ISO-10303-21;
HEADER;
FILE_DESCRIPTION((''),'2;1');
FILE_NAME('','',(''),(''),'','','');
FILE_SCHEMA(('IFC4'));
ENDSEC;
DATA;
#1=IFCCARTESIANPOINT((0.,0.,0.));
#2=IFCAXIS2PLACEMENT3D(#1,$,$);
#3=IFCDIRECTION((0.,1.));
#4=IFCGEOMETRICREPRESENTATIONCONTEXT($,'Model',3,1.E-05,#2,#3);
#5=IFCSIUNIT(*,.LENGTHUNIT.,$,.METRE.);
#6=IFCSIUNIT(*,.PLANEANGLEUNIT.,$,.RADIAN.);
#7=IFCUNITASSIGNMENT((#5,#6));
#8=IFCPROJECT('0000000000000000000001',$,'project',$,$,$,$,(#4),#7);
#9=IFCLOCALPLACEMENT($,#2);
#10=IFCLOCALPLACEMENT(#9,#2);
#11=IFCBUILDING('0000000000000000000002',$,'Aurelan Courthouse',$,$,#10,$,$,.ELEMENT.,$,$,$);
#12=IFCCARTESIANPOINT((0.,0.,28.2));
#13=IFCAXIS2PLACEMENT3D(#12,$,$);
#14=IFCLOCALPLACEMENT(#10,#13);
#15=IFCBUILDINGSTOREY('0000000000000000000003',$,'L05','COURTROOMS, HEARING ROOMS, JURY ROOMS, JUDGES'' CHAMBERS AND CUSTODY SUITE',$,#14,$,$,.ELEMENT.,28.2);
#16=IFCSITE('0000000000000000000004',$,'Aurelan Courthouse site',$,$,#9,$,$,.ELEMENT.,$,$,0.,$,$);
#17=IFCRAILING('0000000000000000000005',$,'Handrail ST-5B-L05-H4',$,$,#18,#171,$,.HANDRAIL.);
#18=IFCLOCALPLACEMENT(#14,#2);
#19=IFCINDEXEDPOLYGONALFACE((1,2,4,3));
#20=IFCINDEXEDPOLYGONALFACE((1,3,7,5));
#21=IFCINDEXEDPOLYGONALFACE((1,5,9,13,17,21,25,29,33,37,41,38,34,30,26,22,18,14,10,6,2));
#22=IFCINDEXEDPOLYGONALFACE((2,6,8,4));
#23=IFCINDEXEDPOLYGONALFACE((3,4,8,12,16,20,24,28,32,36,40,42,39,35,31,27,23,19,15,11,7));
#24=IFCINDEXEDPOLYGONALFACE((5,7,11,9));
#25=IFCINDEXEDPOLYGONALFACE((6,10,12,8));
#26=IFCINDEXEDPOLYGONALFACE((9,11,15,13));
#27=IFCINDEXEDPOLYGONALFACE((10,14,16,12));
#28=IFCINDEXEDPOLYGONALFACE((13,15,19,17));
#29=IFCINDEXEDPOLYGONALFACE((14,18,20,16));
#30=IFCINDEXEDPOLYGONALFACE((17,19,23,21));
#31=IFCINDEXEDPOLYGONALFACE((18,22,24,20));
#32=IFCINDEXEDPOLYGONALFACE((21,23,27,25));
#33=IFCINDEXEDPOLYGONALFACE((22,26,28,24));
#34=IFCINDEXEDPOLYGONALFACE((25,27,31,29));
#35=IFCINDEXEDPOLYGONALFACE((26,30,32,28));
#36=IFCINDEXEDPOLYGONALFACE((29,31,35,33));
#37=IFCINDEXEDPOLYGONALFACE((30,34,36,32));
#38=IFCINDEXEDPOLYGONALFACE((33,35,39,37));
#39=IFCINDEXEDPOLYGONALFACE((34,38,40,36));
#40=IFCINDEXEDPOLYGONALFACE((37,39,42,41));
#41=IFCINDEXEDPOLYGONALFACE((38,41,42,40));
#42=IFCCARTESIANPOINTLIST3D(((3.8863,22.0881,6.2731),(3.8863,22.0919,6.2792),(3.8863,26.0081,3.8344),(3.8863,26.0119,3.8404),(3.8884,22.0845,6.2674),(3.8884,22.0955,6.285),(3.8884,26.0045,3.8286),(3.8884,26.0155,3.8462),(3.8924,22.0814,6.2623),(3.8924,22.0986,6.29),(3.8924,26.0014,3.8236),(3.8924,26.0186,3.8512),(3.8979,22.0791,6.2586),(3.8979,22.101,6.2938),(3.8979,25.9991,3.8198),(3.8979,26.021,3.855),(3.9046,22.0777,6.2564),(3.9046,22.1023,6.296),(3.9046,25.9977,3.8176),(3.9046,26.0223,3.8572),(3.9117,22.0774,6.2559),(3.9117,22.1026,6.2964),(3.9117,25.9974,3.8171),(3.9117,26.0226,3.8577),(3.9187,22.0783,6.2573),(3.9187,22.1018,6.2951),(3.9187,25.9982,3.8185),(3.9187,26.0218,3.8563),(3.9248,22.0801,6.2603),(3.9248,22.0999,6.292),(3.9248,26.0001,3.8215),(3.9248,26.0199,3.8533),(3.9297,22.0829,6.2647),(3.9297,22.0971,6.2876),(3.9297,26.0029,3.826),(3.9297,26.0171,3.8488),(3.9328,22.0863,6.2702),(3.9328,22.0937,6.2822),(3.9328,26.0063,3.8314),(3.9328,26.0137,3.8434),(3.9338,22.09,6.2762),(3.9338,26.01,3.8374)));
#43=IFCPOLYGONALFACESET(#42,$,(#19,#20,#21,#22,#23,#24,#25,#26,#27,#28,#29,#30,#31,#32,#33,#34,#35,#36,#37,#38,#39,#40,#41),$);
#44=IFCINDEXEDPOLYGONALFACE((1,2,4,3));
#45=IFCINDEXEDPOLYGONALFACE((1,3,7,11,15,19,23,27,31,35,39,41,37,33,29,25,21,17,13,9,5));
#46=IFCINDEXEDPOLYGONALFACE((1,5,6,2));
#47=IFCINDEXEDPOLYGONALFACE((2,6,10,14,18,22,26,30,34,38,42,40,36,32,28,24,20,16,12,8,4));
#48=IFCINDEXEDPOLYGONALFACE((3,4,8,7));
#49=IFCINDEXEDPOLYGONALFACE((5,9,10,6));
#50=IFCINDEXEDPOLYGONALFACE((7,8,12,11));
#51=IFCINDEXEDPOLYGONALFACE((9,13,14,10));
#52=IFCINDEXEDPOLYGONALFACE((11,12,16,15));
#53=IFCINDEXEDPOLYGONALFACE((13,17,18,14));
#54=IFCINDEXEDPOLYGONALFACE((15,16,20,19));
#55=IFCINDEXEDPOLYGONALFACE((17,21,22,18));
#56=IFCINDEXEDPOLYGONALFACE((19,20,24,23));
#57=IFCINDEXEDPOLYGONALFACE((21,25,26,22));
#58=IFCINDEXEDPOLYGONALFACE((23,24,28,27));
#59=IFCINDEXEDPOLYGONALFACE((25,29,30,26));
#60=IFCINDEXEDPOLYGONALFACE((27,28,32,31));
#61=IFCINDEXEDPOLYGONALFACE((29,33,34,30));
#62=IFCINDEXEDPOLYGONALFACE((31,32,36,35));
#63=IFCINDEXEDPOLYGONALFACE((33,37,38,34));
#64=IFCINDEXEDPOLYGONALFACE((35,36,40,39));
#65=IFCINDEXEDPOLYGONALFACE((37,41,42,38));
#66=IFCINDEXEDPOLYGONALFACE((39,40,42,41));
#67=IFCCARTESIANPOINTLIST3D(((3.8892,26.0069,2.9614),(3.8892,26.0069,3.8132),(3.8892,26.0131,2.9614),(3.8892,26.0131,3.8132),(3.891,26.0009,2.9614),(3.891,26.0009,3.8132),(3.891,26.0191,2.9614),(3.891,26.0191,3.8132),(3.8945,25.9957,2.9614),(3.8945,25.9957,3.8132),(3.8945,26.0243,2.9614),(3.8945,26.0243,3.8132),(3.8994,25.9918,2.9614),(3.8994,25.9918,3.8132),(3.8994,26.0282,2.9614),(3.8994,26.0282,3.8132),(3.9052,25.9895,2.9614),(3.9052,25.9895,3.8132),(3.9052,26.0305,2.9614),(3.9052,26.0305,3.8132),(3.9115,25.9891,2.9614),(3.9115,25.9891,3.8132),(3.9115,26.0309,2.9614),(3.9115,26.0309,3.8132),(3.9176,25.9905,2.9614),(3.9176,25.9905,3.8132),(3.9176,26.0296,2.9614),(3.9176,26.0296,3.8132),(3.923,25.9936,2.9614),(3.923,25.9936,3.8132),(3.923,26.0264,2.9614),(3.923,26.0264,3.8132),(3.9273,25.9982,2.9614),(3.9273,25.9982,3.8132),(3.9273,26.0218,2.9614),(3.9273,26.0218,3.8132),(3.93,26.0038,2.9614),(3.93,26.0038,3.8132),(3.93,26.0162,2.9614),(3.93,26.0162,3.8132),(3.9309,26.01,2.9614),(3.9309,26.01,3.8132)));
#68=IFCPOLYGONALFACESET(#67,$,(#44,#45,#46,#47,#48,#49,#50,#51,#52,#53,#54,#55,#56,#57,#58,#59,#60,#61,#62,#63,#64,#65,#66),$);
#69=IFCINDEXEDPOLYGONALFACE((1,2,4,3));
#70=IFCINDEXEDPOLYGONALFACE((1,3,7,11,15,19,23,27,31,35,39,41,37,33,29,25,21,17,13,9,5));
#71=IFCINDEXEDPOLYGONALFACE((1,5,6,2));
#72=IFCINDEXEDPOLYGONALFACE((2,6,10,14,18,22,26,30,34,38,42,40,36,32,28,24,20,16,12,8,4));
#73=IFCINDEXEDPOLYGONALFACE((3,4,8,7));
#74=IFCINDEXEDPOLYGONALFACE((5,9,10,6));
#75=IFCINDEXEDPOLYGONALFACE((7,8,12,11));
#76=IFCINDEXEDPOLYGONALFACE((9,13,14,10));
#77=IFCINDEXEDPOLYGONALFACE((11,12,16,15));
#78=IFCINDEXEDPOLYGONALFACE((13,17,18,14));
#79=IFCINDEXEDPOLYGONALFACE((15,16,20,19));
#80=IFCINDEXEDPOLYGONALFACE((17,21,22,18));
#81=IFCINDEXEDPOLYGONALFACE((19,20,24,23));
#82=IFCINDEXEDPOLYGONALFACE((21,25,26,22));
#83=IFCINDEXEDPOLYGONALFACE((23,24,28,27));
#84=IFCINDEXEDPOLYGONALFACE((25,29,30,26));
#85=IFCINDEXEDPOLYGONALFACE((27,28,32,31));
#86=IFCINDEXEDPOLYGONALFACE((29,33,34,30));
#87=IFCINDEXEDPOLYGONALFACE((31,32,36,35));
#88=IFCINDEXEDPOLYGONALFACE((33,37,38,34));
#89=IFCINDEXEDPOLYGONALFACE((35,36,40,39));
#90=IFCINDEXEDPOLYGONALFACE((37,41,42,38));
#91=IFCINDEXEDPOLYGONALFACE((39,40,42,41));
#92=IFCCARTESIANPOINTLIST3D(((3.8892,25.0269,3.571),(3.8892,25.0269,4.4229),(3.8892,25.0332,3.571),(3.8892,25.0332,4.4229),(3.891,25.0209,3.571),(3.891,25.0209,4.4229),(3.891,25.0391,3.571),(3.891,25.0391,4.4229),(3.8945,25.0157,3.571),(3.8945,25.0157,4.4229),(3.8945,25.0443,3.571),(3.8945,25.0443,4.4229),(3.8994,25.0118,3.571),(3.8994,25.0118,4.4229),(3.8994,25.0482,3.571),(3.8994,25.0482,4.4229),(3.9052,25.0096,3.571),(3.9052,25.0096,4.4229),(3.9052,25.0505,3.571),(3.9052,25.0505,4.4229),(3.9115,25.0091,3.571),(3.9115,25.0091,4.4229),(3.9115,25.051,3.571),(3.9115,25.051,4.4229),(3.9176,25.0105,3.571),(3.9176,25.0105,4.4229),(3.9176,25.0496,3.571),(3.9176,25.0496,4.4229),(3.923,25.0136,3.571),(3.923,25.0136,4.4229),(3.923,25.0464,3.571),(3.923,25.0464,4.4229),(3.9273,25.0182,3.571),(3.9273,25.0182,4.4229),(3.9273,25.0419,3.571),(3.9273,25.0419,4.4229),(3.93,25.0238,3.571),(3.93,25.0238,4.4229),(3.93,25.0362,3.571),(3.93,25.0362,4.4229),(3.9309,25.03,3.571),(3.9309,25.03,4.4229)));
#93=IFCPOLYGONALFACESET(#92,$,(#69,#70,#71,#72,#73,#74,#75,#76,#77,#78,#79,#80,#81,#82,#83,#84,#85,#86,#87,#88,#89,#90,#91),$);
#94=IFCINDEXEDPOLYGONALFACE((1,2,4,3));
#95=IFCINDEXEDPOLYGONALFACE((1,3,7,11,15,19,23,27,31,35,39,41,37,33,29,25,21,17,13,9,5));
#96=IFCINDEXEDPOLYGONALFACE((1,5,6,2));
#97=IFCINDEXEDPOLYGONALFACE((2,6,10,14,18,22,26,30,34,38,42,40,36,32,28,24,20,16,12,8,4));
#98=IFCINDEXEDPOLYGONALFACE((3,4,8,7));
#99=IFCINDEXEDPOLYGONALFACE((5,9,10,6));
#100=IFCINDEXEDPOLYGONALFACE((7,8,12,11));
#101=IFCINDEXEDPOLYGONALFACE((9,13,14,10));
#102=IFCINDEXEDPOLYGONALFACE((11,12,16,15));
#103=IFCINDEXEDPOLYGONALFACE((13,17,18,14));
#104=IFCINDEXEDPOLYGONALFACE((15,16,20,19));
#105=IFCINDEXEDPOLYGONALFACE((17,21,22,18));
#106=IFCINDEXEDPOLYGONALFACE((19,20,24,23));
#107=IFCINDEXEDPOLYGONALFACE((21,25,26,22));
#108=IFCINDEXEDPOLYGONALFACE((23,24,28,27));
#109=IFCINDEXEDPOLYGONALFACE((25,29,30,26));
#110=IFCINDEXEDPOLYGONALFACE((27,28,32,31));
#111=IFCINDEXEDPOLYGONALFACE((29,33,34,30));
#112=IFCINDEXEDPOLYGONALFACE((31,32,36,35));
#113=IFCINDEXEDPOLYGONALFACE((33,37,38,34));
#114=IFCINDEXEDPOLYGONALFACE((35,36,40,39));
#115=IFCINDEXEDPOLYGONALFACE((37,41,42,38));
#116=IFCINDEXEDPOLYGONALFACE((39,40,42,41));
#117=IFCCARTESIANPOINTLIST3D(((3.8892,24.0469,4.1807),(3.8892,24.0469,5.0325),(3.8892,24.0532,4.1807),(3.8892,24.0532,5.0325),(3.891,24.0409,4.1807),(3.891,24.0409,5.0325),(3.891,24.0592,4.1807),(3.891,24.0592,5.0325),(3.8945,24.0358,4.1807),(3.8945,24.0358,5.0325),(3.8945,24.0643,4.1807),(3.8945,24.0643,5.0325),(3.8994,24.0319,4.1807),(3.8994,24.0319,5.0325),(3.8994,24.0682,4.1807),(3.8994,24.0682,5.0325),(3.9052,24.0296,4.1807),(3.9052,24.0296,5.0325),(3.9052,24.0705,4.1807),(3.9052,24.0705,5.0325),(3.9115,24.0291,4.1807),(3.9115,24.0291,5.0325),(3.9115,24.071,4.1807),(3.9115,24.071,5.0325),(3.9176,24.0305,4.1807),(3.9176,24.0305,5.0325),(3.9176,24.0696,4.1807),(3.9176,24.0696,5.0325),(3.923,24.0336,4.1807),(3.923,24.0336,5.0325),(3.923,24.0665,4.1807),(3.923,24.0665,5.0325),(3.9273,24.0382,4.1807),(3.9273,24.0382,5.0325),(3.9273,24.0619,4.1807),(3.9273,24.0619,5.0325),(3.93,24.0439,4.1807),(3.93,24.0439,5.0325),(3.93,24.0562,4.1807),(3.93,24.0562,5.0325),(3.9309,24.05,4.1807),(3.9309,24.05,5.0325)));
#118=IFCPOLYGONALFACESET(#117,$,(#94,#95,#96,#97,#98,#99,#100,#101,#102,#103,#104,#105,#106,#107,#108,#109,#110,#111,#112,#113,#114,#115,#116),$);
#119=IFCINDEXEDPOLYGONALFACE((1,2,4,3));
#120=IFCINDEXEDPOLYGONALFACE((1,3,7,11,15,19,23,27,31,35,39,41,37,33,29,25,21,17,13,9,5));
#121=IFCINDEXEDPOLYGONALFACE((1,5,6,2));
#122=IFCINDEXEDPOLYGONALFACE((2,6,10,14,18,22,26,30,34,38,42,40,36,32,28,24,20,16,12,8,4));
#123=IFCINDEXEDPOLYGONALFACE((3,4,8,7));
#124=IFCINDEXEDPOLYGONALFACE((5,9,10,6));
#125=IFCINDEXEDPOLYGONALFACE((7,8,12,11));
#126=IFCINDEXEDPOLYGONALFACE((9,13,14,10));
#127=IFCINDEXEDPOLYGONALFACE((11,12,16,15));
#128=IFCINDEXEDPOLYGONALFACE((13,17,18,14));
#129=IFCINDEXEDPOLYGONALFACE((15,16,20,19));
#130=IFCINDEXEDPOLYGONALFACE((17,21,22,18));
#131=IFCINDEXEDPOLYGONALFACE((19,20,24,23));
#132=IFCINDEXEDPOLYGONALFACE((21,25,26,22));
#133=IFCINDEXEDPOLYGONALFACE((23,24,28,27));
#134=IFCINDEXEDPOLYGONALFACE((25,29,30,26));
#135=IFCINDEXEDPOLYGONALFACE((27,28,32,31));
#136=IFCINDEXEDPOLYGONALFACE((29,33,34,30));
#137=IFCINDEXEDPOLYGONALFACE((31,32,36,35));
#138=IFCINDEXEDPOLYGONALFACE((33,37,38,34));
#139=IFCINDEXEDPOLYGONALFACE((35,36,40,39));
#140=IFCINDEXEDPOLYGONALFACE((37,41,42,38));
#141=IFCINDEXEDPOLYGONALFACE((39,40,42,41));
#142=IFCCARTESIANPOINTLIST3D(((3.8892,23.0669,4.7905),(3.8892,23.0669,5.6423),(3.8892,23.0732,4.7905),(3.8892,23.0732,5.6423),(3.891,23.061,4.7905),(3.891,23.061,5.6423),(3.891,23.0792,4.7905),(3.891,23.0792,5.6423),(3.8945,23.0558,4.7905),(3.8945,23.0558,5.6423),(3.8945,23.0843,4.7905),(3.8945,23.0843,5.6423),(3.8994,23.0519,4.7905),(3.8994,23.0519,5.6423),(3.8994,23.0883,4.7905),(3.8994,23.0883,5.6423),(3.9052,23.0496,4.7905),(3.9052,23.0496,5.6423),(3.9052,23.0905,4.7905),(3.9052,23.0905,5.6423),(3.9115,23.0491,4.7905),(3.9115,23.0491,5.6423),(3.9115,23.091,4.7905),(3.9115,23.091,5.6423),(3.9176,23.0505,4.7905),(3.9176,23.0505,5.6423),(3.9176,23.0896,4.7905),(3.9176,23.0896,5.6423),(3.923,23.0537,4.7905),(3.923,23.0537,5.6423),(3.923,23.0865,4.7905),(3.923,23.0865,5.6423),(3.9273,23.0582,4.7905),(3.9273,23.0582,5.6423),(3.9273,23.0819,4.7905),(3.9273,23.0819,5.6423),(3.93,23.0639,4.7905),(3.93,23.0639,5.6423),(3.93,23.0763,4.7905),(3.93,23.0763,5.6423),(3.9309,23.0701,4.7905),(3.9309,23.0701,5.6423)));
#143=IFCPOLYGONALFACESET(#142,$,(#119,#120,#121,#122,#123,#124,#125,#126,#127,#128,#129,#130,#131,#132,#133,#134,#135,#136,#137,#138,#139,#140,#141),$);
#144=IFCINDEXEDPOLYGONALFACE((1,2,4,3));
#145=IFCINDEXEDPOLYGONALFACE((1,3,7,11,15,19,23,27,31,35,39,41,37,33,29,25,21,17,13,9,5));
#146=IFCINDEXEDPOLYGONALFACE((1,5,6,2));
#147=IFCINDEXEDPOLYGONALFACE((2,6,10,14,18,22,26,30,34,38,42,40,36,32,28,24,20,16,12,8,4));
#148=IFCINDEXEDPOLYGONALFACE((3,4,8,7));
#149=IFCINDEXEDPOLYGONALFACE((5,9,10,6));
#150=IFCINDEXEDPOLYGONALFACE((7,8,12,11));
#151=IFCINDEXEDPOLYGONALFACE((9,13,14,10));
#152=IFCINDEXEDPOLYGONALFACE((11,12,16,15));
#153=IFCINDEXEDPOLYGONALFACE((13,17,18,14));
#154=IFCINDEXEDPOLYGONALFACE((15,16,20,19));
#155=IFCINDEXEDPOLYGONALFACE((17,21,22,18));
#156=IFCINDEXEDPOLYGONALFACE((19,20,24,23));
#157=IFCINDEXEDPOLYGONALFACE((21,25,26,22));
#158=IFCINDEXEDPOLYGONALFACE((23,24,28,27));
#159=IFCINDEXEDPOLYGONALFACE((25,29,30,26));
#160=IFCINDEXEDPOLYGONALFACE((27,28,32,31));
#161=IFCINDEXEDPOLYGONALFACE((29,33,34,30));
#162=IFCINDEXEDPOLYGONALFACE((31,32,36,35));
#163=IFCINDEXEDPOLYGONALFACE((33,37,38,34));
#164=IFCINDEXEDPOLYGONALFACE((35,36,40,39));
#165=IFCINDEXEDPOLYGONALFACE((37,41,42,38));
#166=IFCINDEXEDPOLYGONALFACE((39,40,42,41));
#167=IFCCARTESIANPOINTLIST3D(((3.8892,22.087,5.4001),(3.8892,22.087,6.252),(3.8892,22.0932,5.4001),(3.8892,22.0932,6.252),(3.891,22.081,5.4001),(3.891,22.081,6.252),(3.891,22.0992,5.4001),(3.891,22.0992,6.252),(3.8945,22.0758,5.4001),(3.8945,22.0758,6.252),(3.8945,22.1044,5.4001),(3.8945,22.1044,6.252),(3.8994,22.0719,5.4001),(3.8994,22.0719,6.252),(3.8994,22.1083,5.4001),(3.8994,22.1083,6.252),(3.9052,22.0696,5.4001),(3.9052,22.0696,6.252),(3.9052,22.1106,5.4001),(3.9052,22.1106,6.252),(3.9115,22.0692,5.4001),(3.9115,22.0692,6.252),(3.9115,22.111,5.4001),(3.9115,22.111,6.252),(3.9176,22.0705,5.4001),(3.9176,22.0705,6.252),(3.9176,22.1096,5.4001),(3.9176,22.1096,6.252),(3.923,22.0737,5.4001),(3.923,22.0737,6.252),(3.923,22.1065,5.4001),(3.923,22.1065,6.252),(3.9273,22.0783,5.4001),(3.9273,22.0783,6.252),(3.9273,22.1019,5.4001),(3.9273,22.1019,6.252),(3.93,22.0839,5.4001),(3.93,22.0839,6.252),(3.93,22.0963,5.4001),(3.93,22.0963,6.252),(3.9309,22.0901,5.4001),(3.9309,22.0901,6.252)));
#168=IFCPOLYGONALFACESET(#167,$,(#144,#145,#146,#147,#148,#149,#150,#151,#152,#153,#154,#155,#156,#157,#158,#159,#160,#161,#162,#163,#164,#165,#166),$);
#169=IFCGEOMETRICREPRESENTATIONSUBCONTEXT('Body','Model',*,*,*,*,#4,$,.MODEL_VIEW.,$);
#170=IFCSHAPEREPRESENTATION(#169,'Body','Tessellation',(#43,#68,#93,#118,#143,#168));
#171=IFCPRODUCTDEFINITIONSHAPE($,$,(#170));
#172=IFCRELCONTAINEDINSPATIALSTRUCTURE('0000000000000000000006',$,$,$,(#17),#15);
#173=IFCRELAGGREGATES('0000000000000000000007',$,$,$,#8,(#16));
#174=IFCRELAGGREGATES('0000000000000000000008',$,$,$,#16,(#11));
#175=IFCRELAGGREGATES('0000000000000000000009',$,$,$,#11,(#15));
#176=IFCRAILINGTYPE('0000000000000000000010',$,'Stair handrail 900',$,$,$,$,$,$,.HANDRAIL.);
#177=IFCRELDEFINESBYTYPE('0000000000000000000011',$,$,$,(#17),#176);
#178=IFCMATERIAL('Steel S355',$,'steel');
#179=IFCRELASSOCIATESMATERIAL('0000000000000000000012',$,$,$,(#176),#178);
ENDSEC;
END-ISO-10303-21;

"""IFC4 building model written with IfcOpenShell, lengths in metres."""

from ifc_helpers import new_model, si_unit, direction, frame, origin, origin_2d, place, context, subcontext, project, spatial, circle, extrude, material, type_object, element, save


model = new_model("IFC4")

# Units and contexts
model_context = context("Model", 3, precision=1e-05, world=origin(), true_north=direction((0.0, 1.0)))
body_context = subcontext(model_context, "Body", "Model", "MODEL_VIEW")
ifc_project = project(units=[si_unit("LENGTHUNIT", "METRE"), si_unit("PLANEANGLEUNIT", "RADIAN")], contexts=[model_context])

# Site, building, storey
site_placement = place(None, origin())
site = spatial("IfcSite", under=ifc_project, at=site_placement, Name="Aurelan Courthouse site", CompositionType="ELEMENT", RefElevation=0.0)
building_placement = place(site_placement, origin())
building = spatial("IfcBuilding", under=site, at=building_placement, Name="Aurelan Courthouse", CompositionType="ELEMENT")
storey_placement = place(building_placement, frame((0.0, 0.0, 28.2)))
storey = spatial("IfcBuildingStorey", under=building, at=storey_placement, Name="L05", Description="COURTROOMS, HEARING ROOMS, JURY ROOMS, JUDGES' CHAMBERS AND CUSTODY SUITE", CompositionType="ELEMENT", Elevation=28.2)

# Railing
ifc_material_1 = material(Name="Steel S355", Category="steel")
railing_type = type_object("IfcRailingType", Name="Stair handrail 900", PredefinedType="HANDRAIL", material=ifc_material_1)
railing_placement = place(storey_placement, frame((3.9099, 26.01, 2.9614)))
element("IfcRailing", 1, at=railing_placement, inside=storey, type_object=railing_type, Name="Handrail ST-5B-L05-H4", PredefinedType="HANDRAIL", context=body_context, shape_type="SweptSolid", body=[
    extrude(circle(Radius=0.0239, at=origin_2d()), frame((0.0, 0.0, 0.876), z_axis=(0.0, -0.84909, 0.528249), x_axis=(1.0, 0.0, 0.0)), (0.0, 0.0, 1.0), 4.6167),
    extrude(circle(Radius=0.021, at=origin_2d()), origin(), (0.0, 0.0, 1.0), 0.8518),
    extrude(circle(Radius=0.021, at=origin_2d()), frame((0.0, -0.98, 0.6096)), (0.0, 0.0, 1.0), 0.8518),
    extrude(circle(Radius=0.021, at=origin_2d()), frame((0.0, -1.96, 1.2192)), (0.0, 0.0, 1.0), 0.8518),
    extrude(circle(Radius=0.021, at=origin_2d()), frame((0.0, -2.9399, 1.8291)), (0.0, 0.0, 1.0), 0.8518),
    extrude(circle(Radius=0.021, at=origin_2d()), frame((0.0, -3.9199, 2.4387)), (0.0, 0.0, 1.0), 0.8518),
])

save(model, "model.ifc")
